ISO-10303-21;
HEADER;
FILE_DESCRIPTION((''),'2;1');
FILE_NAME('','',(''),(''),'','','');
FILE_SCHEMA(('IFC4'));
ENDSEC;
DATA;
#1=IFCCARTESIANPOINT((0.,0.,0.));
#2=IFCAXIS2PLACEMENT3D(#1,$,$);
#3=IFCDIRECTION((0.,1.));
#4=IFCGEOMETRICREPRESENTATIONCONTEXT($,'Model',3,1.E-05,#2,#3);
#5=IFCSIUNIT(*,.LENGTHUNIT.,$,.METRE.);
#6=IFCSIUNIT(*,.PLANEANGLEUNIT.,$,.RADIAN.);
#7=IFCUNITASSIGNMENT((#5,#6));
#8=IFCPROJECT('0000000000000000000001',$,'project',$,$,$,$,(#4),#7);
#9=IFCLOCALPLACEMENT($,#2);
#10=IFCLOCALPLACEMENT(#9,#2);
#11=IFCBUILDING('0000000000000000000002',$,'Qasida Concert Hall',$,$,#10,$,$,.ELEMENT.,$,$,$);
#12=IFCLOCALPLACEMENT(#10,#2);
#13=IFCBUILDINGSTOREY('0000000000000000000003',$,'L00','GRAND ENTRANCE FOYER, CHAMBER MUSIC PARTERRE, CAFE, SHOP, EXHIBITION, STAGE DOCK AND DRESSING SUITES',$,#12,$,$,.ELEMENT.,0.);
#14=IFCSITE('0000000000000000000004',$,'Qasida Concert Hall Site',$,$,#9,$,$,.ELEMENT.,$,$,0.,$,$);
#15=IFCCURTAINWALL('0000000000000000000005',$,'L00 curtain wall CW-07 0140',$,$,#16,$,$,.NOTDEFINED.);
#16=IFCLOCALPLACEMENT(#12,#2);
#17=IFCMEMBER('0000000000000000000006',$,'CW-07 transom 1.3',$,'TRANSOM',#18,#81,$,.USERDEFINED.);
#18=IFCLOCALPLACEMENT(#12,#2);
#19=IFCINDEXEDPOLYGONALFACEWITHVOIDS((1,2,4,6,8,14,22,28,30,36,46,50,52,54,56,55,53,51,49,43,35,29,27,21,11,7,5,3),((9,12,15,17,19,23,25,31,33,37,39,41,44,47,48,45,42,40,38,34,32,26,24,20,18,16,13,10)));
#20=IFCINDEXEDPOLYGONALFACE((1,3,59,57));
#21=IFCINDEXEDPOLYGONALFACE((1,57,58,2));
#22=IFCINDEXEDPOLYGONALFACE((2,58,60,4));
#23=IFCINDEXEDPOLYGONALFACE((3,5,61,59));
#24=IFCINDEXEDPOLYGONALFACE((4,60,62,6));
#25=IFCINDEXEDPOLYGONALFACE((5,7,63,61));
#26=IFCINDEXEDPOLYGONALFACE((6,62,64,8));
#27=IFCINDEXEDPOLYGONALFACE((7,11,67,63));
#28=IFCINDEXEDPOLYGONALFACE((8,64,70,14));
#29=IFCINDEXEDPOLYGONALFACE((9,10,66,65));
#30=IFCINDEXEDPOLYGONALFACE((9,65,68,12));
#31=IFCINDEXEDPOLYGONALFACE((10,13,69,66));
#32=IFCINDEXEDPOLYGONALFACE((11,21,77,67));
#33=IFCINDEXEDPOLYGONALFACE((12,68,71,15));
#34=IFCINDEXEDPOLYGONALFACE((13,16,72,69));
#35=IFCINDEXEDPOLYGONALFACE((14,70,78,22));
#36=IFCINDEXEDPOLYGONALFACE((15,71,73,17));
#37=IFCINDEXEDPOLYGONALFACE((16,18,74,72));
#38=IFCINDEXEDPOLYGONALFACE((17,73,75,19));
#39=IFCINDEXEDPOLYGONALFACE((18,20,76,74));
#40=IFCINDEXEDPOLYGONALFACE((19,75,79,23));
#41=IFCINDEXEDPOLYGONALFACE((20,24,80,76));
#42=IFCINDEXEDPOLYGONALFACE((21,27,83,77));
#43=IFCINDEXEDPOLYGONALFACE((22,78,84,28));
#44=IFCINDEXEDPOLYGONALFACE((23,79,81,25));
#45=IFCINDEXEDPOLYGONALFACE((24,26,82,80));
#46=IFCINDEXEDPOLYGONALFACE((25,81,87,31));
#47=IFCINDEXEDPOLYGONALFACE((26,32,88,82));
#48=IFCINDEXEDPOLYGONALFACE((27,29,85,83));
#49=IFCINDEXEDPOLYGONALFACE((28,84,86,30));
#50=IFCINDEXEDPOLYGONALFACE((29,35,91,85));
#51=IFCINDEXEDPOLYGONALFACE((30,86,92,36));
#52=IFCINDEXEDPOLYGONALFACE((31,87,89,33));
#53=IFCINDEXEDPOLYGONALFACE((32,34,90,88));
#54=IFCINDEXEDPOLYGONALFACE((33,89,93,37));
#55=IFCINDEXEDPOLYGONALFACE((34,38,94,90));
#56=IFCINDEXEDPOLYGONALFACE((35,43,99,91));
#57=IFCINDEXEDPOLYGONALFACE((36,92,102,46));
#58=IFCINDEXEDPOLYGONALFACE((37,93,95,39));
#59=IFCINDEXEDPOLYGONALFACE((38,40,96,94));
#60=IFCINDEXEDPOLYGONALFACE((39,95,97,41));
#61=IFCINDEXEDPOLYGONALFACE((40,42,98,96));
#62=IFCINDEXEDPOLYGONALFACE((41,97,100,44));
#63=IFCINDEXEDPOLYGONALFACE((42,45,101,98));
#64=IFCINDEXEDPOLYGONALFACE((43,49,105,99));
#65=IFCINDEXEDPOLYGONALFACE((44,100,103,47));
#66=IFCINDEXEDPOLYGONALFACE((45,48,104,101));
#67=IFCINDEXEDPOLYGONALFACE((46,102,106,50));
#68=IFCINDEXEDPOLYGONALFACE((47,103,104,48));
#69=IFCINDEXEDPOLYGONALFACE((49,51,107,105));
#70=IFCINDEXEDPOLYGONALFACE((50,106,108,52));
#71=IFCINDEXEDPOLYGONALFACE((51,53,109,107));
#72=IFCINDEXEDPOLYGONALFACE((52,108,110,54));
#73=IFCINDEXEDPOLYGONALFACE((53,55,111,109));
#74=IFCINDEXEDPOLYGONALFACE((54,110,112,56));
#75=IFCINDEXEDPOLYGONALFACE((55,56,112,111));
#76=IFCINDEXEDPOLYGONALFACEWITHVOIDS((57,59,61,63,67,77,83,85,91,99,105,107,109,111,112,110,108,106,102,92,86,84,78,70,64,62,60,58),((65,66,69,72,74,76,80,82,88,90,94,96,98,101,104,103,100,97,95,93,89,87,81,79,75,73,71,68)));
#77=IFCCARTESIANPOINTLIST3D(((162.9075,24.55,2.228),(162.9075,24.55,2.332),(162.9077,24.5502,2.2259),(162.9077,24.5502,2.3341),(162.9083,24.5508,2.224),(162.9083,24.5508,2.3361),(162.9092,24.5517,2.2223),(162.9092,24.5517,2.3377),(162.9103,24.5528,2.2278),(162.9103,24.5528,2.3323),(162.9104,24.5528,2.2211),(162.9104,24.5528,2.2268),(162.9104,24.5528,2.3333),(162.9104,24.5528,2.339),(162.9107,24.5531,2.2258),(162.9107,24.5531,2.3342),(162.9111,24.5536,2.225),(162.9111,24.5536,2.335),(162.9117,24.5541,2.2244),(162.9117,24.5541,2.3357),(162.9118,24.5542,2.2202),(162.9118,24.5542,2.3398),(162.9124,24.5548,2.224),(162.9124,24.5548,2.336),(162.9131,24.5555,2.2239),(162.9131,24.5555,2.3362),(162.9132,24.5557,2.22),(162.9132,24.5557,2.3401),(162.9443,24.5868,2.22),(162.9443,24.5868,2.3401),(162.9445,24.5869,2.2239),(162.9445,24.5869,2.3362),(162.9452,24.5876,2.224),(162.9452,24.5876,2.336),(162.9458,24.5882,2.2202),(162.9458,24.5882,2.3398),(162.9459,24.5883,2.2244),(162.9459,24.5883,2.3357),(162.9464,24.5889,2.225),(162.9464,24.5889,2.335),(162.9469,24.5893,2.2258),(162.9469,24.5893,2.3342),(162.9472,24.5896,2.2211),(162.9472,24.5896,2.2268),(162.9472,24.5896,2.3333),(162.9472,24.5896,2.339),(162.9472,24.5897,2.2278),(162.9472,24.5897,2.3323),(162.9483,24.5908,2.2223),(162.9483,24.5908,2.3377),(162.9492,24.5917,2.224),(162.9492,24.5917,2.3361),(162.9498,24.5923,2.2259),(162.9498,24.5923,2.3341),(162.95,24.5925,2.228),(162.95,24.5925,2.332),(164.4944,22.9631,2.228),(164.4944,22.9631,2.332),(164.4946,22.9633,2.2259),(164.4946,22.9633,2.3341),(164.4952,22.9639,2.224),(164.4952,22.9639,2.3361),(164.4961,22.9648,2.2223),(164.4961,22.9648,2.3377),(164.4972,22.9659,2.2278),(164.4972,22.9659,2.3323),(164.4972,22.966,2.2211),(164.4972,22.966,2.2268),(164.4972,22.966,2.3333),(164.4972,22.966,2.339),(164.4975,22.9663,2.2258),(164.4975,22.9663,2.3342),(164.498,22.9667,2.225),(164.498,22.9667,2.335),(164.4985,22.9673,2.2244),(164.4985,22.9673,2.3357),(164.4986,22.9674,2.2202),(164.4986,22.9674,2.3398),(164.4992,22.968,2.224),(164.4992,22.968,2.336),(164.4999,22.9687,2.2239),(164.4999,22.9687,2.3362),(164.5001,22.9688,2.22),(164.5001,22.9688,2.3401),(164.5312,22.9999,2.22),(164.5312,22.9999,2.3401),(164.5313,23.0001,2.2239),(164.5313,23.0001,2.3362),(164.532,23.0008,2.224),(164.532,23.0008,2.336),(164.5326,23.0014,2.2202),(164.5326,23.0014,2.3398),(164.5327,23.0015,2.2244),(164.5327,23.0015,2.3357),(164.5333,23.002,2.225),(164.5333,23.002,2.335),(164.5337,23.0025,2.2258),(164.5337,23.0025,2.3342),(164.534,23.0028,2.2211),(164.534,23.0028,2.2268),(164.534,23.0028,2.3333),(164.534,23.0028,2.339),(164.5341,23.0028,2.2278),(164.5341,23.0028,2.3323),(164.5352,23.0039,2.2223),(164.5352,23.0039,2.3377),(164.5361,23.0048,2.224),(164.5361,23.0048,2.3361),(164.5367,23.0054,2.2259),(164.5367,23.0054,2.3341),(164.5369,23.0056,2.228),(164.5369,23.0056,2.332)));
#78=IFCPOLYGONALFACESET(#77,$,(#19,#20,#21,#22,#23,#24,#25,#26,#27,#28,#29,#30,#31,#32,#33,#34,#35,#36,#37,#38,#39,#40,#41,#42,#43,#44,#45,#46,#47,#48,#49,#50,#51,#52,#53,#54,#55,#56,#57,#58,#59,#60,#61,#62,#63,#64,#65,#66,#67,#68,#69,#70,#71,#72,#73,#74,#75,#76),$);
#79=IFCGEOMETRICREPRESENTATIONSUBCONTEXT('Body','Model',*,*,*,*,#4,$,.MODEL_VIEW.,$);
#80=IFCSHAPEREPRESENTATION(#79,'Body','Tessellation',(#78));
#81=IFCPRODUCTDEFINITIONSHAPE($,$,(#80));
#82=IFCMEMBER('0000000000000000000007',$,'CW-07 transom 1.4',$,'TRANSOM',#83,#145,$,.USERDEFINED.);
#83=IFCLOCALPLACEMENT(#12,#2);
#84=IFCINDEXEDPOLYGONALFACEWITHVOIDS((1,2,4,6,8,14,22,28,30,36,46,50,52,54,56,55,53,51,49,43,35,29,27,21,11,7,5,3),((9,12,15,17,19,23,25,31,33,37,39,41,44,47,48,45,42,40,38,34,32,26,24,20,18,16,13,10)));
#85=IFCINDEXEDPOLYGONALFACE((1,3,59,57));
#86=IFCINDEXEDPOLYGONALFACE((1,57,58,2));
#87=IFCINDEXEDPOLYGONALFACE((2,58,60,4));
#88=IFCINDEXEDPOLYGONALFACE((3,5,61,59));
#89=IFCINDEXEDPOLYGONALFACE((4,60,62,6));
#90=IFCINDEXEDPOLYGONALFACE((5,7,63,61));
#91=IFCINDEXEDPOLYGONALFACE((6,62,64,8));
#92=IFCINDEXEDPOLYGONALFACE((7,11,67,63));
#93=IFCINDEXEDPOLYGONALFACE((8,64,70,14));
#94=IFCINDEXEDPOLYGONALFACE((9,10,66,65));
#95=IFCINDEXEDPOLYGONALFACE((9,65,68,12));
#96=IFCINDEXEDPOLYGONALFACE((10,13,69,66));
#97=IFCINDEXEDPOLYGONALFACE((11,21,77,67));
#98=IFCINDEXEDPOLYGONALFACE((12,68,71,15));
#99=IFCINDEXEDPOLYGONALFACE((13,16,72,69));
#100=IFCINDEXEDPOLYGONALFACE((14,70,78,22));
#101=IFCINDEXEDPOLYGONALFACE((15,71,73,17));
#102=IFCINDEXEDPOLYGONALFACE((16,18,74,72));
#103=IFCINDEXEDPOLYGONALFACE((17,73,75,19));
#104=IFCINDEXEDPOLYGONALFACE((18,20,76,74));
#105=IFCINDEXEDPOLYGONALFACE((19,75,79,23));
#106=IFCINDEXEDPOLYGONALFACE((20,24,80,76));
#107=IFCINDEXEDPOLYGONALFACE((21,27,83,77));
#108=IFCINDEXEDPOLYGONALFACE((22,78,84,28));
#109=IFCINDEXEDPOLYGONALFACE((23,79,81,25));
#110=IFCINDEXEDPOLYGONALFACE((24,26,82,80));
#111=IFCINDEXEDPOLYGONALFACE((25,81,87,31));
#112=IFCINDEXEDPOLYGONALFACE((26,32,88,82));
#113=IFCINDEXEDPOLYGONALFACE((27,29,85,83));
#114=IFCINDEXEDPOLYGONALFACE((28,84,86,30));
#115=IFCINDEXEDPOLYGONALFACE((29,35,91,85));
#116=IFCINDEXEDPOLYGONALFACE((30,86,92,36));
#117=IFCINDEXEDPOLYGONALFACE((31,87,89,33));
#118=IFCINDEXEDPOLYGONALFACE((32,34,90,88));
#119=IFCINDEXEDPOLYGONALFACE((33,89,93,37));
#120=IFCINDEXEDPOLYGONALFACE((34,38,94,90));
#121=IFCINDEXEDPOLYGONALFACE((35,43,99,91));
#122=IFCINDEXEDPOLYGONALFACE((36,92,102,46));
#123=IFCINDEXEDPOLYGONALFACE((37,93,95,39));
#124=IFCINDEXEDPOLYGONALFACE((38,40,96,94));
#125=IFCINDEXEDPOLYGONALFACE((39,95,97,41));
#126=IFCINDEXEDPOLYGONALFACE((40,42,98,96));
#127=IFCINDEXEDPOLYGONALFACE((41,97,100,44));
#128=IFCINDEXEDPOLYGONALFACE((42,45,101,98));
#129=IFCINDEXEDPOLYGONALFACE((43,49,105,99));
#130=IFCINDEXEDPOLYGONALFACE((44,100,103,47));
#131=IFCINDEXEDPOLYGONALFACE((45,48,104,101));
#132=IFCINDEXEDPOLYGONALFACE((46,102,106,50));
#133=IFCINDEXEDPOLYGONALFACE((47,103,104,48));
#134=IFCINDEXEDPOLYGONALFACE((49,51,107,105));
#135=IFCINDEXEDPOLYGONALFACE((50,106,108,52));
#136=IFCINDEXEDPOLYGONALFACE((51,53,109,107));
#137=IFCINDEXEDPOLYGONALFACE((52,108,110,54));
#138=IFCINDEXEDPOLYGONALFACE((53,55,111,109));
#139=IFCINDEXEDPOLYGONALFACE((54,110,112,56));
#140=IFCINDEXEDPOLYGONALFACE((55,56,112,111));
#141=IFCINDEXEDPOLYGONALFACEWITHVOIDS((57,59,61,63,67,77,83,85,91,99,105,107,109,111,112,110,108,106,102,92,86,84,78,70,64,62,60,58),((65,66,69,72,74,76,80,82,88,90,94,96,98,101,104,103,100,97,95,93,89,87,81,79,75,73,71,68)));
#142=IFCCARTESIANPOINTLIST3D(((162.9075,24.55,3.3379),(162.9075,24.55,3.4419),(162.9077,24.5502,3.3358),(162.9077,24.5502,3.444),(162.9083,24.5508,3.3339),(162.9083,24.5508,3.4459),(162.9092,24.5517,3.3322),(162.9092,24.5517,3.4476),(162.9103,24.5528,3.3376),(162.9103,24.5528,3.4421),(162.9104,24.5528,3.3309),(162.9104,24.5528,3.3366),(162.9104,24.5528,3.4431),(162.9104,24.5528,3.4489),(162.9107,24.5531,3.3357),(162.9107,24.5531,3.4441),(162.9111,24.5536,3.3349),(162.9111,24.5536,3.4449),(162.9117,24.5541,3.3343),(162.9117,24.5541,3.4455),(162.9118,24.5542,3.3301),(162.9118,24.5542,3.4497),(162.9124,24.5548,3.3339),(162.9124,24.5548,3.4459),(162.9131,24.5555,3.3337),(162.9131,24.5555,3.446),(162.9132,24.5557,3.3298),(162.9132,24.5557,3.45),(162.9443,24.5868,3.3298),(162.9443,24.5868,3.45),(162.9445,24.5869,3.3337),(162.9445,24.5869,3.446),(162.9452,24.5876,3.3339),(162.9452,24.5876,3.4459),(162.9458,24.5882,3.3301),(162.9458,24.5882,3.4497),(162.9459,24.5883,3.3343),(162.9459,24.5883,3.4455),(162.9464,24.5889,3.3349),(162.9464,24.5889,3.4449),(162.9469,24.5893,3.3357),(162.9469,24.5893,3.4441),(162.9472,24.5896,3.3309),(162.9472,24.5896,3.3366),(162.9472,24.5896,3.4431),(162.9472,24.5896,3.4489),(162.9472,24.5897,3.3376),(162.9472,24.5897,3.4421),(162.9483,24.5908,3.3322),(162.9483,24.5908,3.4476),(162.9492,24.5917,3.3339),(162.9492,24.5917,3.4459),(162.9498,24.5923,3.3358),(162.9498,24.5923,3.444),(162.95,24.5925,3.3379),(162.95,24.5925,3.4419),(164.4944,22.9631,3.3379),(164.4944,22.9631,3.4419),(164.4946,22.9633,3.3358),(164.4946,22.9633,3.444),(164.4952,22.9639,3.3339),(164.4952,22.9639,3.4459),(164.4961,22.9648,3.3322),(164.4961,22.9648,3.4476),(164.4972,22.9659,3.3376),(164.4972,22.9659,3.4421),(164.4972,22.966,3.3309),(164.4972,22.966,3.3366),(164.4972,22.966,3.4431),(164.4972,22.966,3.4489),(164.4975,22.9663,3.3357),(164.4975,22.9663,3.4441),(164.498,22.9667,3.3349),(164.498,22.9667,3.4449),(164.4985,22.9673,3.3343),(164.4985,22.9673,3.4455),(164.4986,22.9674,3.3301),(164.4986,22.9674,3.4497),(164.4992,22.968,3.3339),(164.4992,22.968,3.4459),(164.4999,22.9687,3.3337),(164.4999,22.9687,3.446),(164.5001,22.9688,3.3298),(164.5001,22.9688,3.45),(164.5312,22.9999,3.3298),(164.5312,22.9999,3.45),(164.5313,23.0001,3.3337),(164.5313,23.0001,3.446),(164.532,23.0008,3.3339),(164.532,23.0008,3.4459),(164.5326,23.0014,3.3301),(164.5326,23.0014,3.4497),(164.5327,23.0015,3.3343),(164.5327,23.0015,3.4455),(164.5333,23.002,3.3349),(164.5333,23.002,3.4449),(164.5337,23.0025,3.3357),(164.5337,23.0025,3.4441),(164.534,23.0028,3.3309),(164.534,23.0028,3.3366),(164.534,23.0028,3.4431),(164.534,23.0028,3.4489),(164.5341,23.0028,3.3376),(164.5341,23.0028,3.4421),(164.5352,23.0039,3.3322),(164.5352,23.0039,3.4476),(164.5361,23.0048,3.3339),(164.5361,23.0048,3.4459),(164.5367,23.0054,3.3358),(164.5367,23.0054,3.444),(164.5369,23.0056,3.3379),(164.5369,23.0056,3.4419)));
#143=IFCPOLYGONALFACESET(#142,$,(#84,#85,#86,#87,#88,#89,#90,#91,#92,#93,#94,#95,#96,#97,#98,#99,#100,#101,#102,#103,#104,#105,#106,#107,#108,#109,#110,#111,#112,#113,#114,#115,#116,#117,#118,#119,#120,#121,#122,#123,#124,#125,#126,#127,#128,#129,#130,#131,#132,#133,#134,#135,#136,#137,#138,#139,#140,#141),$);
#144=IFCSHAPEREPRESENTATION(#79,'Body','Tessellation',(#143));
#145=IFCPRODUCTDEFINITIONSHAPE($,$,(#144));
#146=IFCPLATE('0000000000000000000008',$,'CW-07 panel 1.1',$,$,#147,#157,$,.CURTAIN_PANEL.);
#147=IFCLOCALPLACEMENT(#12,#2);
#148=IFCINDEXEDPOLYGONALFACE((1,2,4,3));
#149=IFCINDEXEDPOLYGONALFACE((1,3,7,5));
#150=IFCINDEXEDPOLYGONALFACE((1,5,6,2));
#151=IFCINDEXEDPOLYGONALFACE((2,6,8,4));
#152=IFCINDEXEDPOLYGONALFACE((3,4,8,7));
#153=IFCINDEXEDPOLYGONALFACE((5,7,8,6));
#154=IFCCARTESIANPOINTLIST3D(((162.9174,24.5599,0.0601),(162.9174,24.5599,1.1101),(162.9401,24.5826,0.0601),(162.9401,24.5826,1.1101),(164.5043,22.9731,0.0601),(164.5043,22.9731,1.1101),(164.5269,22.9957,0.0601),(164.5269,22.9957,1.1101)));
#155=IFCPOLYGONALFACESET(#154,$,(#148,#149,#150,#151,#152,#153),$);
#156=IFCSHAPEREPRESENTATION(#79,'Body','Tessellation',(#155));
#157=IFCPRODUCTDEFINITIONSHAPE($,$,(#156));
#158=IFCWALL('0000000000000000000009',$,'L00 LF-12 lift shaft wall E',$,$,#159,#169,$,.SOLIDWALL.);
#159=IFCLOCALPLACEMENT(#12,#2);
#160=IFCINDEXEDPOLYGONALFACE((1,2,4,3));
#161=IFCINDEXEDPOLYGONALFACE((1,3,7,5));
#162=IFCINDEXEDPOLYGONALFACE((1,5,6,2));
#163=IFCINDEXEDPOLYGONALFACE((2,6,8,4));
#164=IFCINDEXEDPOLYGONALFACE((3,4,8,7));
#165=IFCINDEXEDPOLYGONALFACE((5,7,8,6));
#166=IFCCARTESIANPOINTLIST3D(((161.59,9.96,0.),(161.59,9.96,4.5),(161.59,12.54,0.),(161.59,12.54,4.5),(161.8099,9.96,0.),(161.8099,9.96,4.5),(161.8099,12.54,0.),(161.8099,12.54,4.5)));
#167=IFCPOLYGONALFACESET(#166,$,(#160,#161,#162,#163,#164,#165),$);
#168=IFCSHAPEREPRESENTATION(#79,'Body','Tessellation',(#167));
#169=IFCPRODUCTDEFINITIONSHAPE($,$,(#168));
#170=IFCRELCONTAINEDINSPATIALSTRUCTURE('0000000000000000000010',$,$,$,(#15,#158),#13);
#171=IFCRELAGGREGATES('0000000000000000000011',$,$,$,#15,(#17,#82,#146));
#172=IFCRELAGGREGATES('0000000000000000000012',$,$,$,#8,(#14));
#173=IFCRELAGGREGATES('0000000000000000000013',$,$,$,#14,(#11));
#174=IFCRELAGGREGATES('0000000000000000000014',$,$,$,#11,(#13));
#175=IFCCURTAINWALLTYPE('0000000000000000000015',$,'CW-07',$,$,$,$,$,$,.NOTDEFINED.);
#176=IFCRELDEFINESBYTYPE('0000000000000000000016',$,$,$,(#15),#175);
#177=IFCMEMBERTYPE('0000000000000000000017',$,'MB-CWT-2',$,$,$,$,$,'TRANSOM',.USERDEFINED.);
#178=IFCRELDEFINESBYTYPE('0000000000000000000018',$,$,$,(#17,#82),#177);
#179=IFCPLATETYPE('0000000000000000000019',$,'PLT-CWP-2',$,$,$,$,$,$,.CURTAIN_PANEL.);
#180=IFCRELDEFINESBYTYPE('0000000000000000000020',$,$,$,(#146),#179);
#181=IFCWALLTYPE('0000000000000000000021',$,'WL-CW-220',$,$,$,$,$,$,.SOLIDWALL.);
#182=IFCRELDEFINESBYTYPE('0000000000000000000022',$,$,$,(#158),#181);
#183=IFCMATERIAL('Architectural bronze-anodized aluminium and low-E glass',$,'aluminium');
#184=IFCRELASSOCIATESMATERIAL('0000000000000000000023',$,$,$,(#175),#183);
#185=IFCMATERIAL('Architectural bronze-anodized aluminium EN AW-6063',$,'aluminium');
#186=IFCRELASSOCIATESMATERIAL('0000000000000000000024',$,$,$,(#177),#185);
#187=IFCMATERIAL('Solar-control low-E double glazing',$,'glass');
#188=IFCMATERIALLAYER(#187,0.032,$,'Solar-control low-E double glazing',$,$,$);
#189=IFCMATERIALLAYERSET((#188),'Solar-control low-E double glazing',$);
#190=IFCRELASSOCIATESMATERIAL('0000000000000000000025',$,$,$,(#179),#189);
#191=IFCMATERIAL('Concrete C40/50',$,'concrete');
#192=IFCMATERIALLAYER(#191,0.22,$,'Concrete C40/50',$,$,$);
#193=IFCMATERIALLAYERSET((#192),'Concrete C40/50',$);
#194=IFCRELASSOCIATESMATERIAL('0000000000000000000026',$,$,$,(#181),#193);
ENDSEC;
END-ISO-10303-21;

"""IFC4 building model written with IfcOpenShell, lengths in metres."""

from ifc_helpers import new_model, si_unit, direction, frame, frame_2d, origin, origin_2d, place, context, subcontext, project, spatial, rectangle, hollow_rectangle, extrude, material, layer, layer_set, material_profile, profile_set, type_object, element, aggregate, save


model = new_model("IFC4")

# Units and contexts
model_context = context("Model", 3, precision=1e-05, world=origin(), true_north=direction((0.0, 1.0)))
body_context = subcontext(model_context, "Body", "Model", "MODEL_VIEW")
ifc_project = project(units=[si_unit("LENGTHUNIT", "METRE"), si_unit("PLANEANGLEUNIT", "RADIAN")], contexts=[model_context])

# Site, building, storey
site_placement = place(None, origin())
site = spatial("IfcSite", under=ifc_project, at=site_placement, Name="Qasida Concert Hall Site", CompositionType="ELEMENT", RefElevation=0.0)
building_placement = place(site_placement, origin())
building = spatial("IfcBuilding", under=site, at=building_placement, Name="Qasida Concert Hall", CompositionType="ELEMENT")
storey_placement = place(building_placement, origin())
storey = spatial("IfcBuildingStorey", under=building, at=storey_placement, Name="L00", Description="GRAND ENTRANCE FOYER, CHAMBER MUSIC PARTERRE, CAFE, SHOP, EXHIBITION, STAGE DOCK AND DRESSING SUITES", CompositionType="ELEMENT", Elevation=0.0)

# Shared definitions
ifc_material_1 = material(Name="Concrete C40/50", Category="concrete")

# Curtain wall, members, plate
ifc_material_2 = material(Name="Architectural bronze-anodized aluminium and low-E glass", Category="aluminium")
curtain_wall_type = type_object("IfcCurtainWallType", Name="CW-07", PredefinedType="NOTDEFINED", material=ifc_material_2)
curtain_wall_placement = place(storey_placement, origin())
curtain_wall = element("IfcCurtainWall", 1, at=curtain_wall_placement, inside=storey, type_object=curtain_wall_type, Name="L00 curtain wall CW-07 0140", PredefinedType="NOTDEFINED")
ifc_material_3 = material(Name="Architectural bronze-anodized aluminium EN AW-6063", Category="aluminium")
ifc_material_profile_1 = material_profile(ifc_material_3, hollow_rectangle(XDim=0.0601, YDim=0.1201, WallThickness=0.0039, InnerFilletRadius=0.0039, OuterFilletRadius=0.0081, at=origin_2d()), Name="CWT 120x60x4")
ifc_profile_set_1 = profile_set([ifc_material_profile_1], Name="Architectural bronze-anodized aluminium EN AW-6063")
member_type_1 = type_object("IfcMemberType", Name="MB-CWT-2", ElementType="TRANSOM", PredefinedType="USERDEFINED", material=ifc_profile_set_1)
member_1_placement = place(storey_placement, frame((164.5156, 22.9844, 2.28), z_axis=(-0.707107, 0.707107, 0.0), x_axis=(-0.707107, -0.707107, 0.0)))
member_1 = element("IfcMember", 2, at=member_1_placement, type_object=member_type_1, Name="CW-07 transom 1.3", ObjectType="TRANSOM", PredefinedType="USERDEFINED", context=body_context, shape_type="SweptSolid", body=[
    extrude(hollow_rectangle(XDim=0.0601, YDim=0.1201, WallThickness=0.0039, InnerFilletRadius=0.0039, OuterFilletRadius=0.0081, at=origin_2d()), origin(), (0.0, 0.0, 1.0), 2.2441),
])
member_2_placement = place(storey_placement, frame((164.5156, 22.9844, 3.3899), z_axis=(-0.707107, 0.707107, 0.0), x_axis=(-0.707107, -0.707107, 0.0)))
member_2 = element("IfcMember", 3, at=member_2_placement, type_object=member_type_1, Name="CW-07 transom 1.4", ObjectType="TRANSOM", PredefinedType="USERDEFINED", context=body_context, shape_type="SweptSolid", body=[
    extrude(hollow_rectangle(XDim=0.0601, YDim=0.1201, WallThickness=0.0039, InnerFilletRadius=0.0039, OuterFilletRadius=0.0081, at=origin_2d()), origin(), (0.0, 0.0, 1.0), 2.2441),
])
ifc_material_4 = material(Name="Solar-control low-E double glazing", Category="glass")
ifc_layer_1 = layer(ifc_material_4, 0.032, Name="Solar-control low-E double glazing")
ifc_layer_set_1 = layer_set([ifc_layer_1], Name="Solar-control low-E double glazing")
plate_type = type_object("IfcPlateType", Name="PLT-CWP-2", PredefinedType="CURTAIN_PANEL", material=ifc_layer_set_1)
plate_placement = place(storey_placement, frame((163.7222, 23.7778, 0.0601), z_axis=(0.0, 0.0, 1.0), x_axis=(-0.707107, 0.707107, 0.0)))
plate = element("IfcPlate", 4, at=plate_placement, type_object=plate_type, Name="CW-07 panel 1.1", PredefinedType="CURTAIN_PANEL", context=body_context, shape_type="SweptSolid", body=[
    extrude(rectangle(XDim=2.2441, YDim=0.032, at=origin_2d()), origin(), (0.0, 0.0, 1.0), 1.05),
])
aggregate(curtain_wall, [member_1, member_2, plate])

# Wall
ifc_layer_2 = layer(ifc_material_1, 0.22, Name="Concrete C40/50")
ifc_layer_set_2 = layer_set([ifc_layer_2], Name="Concrete C40/50")
wall_type_1 = type_object("IfcWallType", Name="WL-CW-220", PredefinedType="SOLIDWALL", material=ifc_layer_set_2)
wall_1_placement = place(storey_placement, frame((161.7, 9.96, 0.0), z_axis=(0.0, 0.0, 1.0), x_axis=(0.0, 1.0, 0.0)))
element("IfcWall", 5, at=wall_1_placement, inside=storey, type_object=wall_type_1, Name="L00 LF-12 lift shaft wall E", PredefinedType="SOLIDWALL", context=body_context, shape_type="SweptSolid", body=[
    extrude(rectangle(XDim=2.5801, YDim=0.22, at=frame_2d((1.29, 0.0))), origin(), (0.0, 0.0, 1.0), 4.5),
])

save(model, "model.ifc")
